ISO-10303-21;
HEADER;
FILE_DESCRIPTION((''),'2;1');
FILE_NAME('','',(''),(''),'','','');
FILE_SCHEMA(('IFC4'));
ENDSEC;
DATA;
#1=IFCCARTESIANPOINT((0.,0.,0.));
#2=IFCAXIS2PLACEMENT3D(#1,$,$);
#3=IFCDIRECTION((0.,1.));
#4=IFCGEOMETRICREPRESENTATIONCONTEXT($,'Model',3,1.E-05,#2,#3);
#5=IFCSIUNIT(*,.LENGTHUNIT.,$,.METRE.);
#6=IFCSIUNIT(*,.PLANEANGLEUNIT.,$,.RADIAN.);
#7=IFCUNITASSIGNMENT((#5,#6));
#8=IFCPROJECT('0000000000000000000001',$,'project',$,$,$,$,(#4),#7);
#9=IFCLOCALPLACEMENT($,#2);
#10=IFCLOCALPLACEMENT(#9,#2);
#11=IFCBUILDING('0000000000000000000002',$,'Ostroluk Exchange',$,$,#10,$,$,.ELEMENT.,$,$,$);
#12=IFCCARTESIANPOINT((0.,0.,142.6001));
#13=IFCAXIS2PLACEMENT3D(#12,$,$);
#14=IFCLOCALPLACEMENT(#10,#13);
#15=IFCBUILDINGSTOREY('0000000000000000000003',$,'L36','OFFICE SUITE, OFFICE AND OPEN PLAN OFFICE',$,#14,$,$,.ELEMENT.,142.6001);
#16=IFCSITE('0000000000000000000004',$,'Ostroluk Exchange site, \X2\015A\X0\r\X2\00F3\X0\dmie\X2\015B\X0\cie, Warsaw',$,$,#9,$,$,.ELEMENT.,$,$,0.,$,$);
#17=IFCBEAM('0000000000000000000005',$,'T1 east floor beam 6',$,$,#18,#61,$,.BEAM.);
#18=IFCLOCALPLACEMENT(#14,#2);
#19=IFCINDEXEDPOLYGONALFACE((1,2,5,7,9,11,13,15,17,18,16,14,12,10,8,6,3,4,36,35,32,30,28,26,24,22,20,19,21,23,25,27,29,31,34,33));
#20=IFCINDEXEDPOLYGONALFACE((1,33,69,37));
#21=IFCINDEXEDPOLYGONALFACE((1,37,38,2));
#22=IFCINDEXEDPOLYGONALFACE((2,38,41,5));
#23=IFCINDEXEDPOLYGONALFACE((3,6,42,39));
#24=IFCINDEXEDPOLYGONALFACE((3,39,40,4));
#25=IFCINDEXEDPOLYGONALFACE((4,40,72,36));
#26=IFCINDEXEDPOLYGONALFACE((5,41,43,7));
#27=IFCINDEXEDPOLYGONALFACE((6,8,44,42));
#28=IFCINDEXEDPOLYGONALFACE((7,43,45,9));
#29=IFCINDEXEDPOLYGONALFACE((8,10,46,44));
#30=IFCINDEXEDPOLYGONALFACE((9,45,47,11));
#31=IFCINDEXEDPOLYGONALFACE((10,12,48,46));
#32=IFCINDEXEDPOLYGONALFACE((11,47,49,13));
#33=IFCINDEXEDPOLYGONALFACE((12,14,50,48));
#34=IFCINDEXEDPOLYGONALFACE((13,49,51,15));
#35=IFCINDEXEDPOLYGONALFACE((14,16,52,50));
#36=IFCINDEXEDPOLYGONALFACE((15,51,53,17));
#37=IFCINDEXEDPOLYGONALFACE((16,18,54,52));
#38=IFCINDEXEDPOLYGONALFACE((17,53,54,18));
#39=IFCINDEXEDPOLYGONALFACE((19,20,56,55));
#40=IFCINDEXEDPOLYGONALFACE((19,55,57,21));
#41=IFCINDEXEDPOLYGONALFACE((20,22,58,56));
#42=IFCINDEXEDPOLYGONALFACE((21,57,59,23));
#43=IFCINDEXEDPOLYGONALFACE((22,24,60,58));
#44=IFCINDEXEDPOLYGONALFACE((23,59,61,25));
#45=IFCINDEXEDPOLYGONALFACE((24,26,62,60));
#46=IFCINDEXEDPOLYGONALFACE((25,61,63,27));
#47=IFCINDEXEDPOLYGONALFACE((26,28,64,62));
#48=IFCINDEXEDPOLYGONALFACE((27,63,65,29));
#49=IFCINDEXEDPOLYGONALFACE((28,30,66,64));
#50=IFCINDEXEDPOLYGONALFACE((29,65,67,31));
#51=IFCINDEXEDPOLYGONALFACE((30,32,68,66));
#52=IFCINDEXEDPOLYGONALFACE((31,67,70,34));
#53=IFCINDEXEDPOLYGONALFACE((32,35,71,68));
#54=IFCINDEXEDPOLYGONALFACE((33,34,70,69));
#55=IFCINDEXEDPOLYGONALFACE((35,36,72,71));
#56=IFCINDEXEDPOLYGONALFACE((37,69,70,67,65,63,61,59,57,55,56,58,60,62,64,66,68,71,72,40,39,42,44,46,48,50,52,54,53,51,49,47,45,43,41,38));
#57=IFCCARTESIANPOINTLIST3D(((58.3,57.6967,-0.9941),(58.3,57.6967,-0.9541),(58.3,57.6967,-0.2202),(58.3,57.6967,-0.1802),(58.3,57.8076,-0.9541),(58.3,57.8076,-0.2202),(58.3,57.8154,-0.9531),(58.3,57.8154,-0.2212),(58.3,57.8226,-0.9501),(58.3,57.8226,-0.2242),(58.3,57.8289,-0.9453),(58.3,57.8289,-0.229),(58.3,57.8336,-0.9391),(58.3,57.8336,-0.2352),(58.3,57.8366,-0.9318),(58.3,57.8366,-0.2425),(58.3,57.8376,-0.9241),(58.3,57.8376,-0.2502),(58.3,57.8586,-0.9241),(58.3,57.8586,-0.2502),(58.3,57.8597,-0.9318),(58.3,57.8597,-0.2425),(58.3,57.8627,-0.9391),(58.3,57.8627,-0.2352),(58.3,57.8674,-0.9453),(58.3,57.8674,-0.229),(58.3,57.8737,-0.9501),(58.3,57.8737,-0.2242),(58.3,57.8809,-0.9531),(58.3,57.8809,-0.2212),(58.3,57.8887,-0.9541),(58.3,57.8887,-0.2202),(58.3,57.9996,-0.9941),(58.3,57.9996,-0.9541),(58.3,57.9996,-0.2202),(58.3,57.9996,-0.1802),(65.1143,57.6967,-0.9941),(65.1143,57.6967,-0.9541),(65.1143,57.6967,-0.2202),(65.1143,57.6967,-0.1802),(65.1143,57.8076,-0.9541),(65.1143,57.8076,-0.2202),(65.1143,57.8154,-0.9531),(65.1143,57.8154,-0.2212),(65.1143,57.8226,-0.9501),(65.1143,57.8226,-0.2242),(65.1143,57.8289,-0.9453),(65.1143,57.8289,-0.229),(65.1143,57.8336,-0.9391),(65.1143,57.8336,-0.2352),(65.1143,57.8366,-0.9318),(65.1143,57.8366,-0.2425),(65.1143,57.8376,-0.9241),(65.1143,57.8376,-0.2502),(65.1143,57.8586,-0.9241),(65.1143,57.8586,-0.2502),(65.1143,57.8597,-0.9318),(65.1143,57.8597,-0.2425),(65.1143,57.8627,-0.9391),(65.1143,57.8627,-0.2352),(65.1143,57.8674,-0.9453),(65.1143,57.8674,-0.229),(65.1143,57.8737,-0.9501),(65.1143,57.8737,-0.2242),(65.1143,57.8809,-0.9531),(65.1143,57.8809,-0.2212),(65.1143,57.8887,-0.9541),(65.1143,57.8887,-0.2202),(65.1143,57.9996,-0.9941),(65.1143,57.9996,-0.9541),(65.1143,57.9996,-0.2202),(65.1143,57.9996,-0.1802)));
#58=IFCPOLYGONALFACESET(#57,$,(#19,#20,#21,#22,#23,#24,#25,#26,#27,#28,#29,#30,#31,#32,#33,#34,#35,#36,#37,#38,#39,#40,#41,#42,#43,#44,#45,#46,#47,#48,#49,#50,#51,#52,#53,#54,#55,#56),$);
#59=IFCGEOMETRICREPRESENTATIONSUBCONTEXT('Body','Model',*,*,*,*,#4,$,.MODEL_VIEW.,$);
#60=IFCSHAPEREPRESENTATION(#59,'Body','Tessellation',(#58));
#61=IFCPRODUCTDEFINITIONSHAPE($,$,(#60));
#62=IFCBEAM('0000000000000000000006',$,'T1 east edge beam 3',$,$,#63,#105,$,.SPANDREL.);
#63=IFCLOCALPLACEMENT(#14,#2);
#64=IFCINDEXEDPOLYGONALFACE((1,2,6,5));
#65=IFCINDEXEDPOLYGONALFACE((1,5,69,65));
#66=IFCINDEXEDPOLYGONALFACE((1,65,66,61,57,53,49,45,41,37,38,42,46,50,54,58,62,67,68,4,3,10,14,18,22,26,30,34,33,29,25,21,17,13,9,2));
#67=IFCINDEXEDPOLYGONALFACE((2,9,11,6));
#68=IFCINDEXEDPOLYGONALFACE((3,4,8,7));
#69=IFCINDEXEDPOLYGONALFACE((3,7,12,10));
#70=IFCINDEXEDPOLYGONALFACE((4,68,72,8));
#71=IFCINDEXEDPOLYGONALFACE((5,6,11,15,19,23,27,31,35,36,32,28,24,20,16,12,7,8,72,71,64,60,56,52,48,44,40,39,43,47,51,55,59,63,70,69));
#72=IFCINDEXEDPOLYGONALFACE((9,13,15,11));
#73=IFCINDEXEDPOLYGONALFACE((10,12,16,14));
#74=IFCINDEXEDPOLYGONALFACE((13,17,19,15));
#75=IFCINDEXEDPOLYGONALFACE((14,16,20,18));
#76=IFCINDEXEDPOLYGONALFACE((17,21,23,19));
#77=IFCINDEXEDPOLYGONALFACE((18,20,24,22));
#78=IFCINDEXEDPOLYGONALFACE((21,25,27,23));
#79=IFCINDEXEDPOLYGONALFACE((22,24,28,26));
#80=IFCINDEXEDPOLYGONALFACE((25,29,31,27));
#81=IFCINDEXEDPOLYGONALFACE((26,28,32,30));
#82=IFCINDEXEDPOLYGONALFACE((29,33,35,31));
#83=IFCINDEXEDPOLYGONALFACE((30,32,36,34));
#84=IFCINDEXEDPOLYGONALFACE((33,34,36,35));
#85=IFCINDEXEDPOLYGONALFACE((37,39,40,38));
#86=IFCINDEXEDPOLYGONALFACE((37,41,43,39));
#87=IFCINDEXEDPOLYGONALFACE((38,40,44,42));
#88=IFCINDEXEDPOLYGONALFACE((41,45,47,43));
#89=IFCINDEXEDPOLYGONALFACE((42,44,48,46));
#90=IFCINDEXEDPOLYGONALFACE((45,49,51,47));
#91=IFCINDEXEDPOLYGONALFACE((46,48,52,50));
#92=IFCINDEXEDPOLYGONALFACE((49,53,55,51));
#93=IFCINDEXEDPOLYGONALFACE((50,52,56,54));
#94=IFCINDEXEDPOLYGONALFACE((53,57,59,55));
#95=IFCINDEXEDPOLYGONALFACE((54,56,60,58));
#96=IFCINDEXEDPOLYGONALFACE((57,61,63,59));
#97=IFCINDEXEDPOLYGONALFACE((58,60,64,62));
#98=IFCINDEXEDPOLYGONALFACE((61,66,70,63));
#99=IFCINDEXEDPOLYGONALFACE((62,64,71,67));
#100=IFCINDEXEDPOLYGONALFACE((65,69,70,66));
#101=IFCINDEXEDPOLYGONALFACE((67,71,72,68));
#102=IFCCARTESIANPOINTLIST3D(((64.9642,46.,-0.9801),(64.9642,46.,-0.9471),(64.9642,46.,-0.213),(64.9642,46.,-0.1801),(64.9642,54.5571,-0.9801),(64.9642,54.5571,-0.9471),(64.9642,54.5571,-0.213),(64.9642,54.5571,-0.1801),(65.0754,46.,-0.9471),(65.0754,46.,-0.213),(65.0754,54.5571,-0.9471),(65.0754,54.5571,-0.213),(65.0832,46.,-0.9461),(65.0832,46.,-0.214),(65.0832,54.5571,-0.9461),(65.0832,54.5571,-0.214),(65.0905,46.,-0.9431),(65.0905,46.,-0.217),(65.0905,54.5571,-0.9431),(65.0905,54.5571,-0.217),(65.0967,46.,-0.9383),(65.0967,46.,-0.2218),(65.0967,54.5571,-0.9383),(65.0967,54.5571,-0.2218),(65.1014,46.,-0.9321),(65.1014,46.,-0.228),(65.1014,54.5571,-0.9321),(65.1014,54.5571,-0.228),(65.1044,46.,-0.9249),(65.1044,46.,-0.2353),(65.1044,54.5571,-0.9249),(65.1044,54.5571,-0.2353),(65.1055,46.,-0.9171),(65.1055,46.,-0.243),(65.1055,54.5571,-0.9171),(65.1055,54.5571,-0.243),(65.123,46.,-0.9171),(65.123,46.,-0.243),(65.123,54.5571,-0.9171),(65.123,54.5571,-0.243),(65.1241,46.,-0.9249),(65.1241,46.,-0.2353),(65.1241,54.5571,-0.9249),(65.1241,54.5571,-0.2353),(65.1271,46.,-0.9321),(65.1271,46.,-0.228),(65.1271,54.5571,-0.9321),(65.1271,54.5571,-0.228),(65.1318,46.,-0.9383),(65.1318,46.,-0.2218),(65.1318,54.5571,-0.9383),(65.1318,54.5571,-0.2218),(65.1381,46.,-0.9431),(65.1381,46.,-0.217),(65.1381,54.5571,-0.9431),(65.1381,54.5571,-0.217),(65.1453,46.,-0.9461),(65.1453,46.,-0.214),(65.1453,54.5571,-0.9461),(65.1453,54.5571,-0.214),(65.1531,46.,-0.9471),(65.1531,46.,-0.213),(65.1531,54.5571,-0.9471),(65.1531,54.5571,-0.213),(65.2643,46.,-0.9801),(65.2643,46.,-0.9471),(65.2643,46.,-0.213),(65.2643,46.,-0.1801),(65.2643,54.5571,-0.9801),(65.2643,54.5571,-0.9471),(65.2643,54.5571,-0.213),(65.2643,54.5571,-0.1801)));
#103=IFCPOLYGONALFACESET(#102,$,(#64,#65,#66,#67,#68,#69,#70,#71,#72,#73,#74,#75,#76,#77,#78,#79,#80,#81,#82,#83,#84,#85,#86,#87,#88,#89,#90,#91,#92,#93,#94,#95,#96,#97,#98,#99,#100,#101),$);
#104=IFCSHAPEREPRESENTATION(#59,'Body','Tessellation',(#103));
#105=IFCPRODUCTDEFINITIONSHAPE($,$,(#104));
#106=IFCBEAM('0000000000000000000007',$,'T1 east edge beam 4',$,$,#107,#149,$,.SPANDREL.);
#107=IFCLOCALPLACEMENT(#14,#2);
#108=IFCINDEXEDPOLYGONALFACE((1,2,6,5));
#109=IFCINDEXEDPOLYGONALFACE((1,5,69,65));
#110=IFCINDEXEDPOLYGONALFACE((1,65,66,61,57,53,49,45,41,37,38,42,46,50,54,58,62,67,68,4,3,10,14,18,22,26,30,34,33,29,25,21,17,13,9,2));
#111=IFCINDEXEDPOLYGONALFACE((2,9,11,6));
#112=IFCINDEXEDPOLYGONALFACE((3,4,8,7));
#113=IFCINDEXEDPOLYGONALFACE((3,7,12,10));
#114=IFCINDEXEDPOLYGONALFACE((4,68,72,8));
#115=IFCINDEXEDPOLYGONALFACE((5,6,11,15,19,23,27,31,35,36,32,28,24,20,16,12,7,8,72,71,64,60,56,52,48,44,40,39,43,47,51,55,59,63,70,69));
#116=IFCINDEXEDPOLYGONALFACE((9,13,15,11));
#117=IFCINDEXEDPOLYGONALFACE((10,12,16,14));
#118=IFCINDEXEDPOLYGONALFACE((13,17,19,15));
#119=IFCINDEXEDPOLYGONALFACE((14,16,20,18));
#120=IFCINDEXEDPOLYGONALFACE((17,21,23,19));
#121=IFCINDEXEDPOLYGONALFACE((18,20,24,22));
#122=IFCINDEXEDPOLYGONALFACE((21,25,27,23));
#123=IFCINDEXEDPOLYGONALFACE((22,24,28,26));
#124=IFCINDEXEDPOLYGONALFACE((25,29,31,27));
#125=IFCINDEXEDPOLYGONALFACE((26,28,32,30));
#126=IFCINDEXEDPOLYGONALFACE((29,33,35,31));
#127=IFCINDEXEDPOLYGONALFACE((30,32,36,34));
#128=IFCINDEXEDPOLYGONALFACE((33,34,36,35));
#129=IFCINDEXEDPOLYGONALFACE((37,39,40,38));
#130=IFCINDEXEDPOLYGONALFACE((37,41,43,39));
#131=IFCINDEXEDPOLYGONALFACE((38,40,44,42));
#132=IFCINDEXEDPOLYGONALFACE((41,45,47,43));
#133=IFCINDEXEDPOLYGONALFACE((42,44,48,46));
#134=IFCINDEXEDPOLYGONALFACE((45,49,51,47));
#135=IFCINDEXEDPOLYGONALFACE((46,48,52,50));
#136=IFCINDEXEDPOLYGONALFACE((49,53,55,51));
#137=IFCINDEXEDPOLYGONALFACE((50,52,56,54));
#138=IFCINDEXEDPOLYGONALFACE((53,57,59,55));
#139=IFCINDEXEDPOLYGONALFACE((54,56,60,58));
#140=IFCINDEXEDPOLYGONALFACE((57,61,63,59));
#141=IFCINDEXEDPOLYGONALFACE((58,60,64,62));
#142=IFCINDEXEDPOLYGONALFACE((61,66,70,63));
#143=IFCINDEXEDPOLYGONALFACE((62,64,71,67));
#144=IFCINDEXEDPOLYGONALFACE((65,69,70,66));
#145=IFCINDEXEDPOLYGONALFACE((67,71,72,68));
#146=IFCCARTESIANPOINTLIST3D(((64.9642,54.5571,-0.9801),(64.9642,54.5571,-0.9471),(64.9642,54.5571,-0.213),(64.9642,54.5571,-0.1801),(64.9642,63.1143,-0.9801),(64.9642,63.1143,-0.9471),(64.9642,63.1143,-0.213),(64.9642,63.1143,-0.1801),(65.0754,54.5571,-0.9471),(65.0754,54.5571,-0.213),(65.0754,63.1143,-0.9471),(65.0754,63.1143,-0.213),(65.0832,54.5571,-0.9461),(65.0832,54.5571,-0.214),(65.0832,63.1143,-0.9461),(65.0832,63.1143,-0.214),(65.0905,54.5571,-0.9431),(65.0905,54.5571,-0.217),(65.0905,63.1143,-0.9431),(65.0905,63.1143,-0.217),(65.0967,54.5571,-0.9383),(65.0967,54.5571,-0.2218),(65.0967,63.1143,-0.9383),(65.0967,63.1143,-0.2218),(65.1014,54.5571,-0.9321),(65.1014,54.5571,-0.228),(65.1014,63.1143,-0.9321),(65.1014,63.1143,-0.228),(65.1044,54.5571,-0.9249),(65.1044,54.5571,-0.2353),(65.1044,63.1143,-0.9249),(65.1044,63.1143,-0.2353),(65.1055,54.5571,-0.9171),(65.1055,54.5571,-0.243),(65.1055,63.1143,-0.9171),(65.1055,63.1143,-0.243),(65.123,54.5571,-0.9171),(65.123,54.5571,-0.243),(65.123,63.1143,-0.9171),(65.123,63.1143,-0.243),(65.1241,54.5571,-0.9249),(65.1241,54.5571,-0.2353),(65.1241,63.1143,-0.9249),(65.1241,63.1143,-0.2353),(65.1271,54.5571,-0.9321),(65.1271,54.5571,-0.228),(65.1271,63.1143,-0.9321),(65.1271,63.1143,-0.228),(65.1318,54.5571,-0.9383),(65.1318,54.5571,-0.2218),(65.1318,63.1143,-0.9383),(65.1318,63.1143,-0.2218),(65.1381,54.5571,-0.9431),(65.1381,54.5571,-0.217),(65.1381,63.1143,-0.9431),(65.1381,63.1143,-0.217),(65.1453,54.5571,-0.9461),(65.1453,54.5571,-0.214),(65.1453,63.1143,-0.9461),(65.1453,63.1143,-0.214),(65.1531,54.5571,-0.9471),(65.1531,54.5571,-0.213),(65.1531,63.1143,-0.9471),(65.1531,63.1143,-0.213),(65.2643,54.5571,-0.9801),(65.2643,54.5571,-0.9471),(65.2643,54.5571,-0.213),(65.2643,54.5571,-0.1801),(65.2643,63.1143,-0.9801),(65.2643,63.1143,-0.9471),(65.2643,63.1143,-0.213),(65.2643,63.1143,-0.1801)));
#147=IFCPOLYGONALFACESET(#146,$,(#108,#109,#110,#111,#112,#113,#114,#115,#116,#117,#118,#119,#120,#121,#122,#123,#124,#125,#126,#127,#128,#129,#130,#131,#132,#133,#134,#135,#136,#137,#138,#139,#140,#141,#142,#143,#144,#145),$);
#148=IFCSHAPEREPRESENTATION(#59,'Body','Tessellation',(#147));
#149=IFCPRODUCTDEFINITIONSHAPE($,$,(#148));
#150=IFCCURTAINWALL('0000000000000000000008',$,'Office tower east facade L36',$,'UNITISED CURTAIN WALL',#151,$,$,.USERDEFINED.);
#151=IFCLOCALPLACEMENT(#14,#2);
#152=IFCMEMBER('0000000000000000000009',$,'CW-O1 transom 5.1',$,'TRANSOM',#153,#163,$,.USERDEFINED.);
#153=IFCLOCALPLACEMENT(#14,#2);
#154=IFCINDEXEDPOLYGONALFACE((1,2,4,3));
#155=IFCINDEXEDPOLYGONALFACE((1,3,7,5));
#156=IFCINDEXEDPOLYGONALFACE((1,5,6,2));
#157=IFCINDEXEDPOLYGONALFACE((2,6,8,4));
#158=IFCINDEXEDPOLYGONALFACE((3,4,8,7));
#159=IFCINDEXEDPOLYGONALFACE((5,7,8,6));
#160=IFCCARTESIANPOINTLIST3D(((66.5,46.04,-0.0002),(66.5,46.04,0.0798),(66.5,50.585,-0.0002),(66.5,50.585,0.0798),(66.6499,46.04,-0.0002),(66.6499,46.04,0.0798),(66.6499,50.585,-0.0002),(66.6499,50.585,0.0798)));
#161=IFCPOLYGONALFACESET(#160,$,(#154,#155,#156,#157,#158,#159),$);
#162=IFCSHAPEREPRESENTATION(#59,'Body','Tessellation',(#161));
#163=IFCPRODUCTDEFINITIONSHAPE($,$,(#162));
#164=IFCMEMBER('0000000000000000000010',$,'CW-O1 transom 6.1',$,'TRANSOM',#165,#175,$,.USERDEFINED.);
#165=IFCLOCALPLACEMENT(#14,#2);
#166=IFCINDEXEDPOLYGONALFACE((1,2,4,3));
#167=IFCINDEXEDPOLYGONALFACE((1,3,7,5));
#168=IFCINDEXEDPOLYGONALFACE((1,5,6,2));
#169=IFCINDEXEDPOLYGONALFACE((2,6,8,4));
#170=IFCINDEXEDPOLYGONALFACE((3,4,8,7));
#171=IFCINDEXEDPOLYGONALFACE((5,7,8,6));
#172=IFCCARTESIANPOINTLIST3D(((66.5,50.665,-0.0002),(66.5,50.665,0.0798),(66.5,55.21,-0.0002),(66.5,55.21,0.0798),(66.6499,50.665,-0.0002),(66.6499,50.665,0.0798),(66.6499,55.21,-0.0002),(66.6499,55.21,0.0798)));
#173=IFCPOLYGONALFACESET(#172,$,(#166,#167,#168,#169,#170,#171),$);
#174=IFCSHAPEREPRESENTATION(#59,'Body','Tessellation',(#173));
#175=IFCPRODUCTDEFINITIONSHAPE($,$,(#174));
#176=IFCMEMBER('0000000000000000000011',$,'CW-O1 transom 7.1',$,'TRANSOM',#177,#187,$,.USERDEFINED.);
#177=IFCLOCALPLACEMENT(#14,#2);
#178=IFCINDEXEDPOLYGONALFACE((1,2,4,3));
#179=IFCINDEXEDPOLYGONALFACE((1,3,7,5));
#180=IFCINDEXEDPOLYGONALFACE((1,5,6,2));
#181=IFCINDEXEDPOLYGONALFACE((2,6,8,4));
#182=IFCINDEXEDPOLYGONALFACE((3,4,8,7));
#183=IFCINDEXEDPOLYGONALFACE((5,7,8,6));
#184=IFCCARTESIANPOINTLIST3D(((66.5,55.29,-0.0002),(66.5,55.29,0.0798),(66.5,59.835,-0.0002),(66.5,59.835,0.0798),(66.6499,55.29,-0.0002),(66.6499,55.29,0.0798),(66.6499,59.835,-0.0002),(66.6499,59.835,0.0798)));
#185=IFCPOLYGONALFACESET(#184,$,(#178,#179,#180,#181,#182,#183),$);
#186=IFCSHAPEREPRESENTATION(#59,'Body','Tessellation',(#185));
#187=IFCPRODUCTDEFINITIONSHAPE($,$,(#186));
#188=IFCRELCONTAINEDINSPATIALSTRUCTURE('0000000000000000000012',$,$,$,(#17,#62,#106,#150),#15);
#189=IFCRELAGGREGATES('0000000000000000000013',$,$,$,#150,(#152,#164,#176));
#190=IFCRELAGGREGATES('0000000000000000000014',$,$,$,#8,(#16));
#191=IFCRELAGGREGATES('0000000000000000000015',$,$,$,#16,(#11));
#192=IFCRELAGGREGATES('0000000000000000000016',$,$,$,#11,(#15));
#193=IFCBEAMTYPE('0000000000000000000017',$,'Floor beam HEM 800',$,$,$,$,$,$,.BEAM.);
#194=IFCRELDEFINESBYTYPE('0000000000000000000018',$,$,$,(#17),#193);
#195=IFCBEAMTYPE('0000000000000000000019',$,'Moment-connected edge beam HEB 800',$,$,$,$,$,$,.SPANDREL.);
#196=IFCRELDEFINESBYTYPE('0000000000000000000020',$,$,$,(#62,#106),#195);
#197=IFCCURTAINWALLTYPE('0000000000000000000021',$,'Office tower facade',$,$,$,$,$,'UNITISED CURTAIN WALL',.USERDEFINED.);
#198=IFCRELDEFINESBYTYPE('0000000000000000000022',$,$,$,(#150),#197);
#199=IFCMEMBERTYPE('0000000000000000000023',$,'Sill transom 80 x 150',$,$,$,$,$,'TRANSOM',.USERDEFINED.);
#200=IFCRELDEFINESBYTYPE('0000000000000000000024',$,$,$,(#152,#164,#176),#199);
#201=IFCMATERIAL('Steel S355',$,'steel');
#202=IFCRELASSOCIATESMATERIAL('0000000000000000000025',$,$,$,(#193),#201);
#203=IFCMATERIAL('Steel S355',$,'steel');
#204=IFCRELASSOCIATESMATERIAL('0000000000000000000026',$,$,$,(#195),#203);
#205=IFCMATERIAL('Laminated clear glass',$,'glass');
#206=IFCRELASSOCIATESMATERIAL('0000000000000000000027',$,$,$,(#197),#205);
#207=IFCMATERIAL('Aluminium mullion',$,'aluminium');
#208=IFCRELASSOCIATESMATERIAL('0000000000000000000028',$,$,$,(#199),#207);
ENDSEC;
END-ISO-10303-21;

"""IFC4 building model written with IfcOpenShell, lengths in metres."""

from ifc_helpers import new_model, si_unit, direction, frame, origin, origin_2d, place, context, subcontext, project, spatial, rectangle, i_section, extrude, material, material_profile, profile_set, type_object, element, aggregate, save


model = new_model("IFC4")

# Units and contexts
model_context = context("Model", 3, precision=1e-05, world=origin(), true_north=direction((0.0, 1.0)))
body_context = subcontext(model_context, "Body", "Model", "MODEL_VIEW")
ifc_project = project(units=[si_unit("LENGTHUNIT", "METRE"), si_unit("PLANEANGLEUNIT", "RADIAN")], contexts=[model_context])

# Site, building, storey
site_placement = place(None, origin())
site = spatial("IfcSite", under=ifc_project, at=site_placement, Name="Ostroluk Exchange site, Śródmieście, Warsaw", CompositionType="ELEMENT", RefElevation=0.0)
building_placement = place(site_placement, origin())
building = spatial("IfcBuilding", under=site, at=building_placement, Name="Ostroluk Exchange", CompositionType="ELEMENT")
storey_placement = place(building_placement, frame((0.0, 0.0, 142.6001)))
storey = spatial("IfcBuildingStorey", under=building, at=storey_placement, Name="L36", Description="OFFICE SUITE, OFFICE AND OPEN PLAN OFFICE", CompositionType="ELEMENT", Elevation=142.6001)

# Beams
ifc_material_1 = material(Name="Steel S355", Category="steel")
ifc_material_profile_1 = material_profile(ifc_material_1, i_section(OverallWidth=0.303, OverallDepth=0.814, WebThickness=0.021, FlangeThickness=0.04, FilletRadius=0.03, at=origin_2d()), Name="HEM 800")
ifc_profile_set_1 = profile_set([ifc_material_profile_1], Name="Steel S355")
beam_type_1 = type_object("IfcBeamType", Name="Floor beam HEM 800", PredefinedType="BEAM", material=ifc_profile_set_1)
beam_placement = place(storey_placement, frame((58.3, 57.8481, -0.5872), z_axis=(1.0, 0.0, 0.0), x_axis=(0.0, 1.0, 0.0)))
element("IfcBeam", 1, at=beam_placement, inside=storey, type_object=beam_type_1, Name="T1 east floor beam 6", PredefinedType="BEAM", context=body_context, shape_type="SweptSolid", body=[
    extrude(i_section(OverallWidth=0.303, OverallDepth=0.814, WebThickness=0.021, FlangeThickness=0.04, FilletRadius=0.03, at=origin_2d()), origin(), (0.0, 0.0, 1.0), 6.8142),
])
ifc_material_2 = material(Name="Steel S355", Category="steel")
ifc_material_profile_2 = material_profile(ifc_material_2, i_section(OverallWidth=0.3, OverallDepth=0.8, WebThickness=0.0176, FlangeThickness=0.033, FilletRadius=0.03, at=origin_2d()), Name="HEB 800")
ifc_profile_set_2 = profile_set([ifc_material_profile_2], Name="Steel S355")
beam_type_2 = type_object("IfcBeamType", Name="Moment-connected edge beam HEB 800", PredefinedType="SPANDREL", material=ifc_profile_set_2)
for number, where, z_axis, x_axis, name in (
    (2, (65.1143, 46.0, -0.5801), (0.0, 1.0, 0.0), (-1.0, 0.0, 0.0), "T1 east edge beam 3"),
    (3, (65.1143, 54.5571, -0.5801), (0.0, 1.0, 0.0), (-1.0, 0.0, 0.0), "T1 east edge beam 4"),
):
    element("IfcBeam", number, at=place(storey_placement, frame(where, z_axis=z_axis, x_axis=x_axis)), inside=storey, type_object=beam_type_2, Name=name, PredefinedType="SPANDREL", context=body_context, shape_type="SweptSolid", body=[
        extrude(i_section(OverallWidth=0.3, OverallDepth=0.8, WebThickness=0.0176, FlangeThickness=0.033, FilletRadius=0.03, at=origin_2d()), origin(), (0.0, 0.0, 1.0), 8.5571),
    ])

# Curtain wall, members
ifc_material_3 = material(Name="Laminated clear glass", Category="glass")
curtain_wall_type = type_object("IfcCurtainWallType", Name="Office tower facade", ElementType="UNITISED CURTAIN WALL", PredefinedType="USERDEFINED", material=ifc_material_3)
curtain_wall_placement = place(storey_placement, origin())
curtain_wall = element("IfcCurtainWall", 4, at=curtain_wall_placement, inside=storey, type_object=curtain_wall_type, Name="Office tower east facade L36", ObjectType="UNITISED CURTAIN WALL", PredefinedType="USERDEFINED")
ifc_material_4 = material(Name="Aluminium mullion", Category="aluminium")
ifc_material_profile_3 = material_profile(ifc_material_4, rectangle(XDim=0.1499, YDim=0.0801, at=origin_2d()), Name="Sill transom 80 x 150")
ifc_profile_set_3 = profile_set([ifc_material_profile_3], Name="Aluminium mullion")
member_type_1 = type_object("IfcMemberType", Name="Sill transom 80 x 150", ElementType="TRANSOM", PredefinedType="USERDEFINED", material=ifc_profile_set_3)
member_1_placement = place(storey_placement, frame((66.575, 46.04, 0.0398), z_axis=(0.0, 1.0, 0.0), x_axis=(-1.0, 0.0, 0.0)))
member_1 = element("IfcMember", 5, at=member_1_placement, type_object=member_type_1, Name="CW-O1 transom 5.1", ObjectType="TRANSOM", PredefinedType="USERDEFINED", context=body_context, shape_type="SweptSolid", body=[
    extrude(rectangle(XDim=0.1499, YDim=0.0801, at=origin_2d()), origin(), (0.0, 0.0, 1.0), 4.5449),
])
member_2_placement = place(storey_placement, frame((66.575, 50.665, 0.0398), z_axis=(0.0, 1.0, 0.0), x_axis=(-1.0, 0.0, 0.0)))
member_2 = element("IfcMember", 6, at=member_2_placement, type_object=member_type_1, Name="CW-O1 transom 6.1", ObjectType="TRANSOM", PredefinedType="USERDEFINED", context=body_context, shape_type="SweptSolid", body=[
    extrude(rectangle(XDim=0.1499, YDim=0.0801, at=origin_2d()), origin(), (0.0, 0.0, 1.0), 4.5449),
])
member_3_placement = place(storey_placement, frame((66.575, 55.29, 0.0398), z_axis=(0.0, 1.0, 0.0), x_axis=(-1.0, 0.0, 0.0)))
member_3 = element("IfcMember", 7, at=member_3_placement, type_object=member_type_1, Name="CW-O1 transom 7.1", ObjectType="TRANSOM", PredefinedType="USERDEFINED", context=body_context, shape_type="SweptSolid", body=[
    extrude(rectangle(XDim=0.1499, YDim=0.0801, at=origin_2d()), origin(), (0.0, 0.0, 1.0), 4.5449),
])
aggregate(curtain_wall, [member_1, member_2, member_3])

save(model, "model.ifc")
